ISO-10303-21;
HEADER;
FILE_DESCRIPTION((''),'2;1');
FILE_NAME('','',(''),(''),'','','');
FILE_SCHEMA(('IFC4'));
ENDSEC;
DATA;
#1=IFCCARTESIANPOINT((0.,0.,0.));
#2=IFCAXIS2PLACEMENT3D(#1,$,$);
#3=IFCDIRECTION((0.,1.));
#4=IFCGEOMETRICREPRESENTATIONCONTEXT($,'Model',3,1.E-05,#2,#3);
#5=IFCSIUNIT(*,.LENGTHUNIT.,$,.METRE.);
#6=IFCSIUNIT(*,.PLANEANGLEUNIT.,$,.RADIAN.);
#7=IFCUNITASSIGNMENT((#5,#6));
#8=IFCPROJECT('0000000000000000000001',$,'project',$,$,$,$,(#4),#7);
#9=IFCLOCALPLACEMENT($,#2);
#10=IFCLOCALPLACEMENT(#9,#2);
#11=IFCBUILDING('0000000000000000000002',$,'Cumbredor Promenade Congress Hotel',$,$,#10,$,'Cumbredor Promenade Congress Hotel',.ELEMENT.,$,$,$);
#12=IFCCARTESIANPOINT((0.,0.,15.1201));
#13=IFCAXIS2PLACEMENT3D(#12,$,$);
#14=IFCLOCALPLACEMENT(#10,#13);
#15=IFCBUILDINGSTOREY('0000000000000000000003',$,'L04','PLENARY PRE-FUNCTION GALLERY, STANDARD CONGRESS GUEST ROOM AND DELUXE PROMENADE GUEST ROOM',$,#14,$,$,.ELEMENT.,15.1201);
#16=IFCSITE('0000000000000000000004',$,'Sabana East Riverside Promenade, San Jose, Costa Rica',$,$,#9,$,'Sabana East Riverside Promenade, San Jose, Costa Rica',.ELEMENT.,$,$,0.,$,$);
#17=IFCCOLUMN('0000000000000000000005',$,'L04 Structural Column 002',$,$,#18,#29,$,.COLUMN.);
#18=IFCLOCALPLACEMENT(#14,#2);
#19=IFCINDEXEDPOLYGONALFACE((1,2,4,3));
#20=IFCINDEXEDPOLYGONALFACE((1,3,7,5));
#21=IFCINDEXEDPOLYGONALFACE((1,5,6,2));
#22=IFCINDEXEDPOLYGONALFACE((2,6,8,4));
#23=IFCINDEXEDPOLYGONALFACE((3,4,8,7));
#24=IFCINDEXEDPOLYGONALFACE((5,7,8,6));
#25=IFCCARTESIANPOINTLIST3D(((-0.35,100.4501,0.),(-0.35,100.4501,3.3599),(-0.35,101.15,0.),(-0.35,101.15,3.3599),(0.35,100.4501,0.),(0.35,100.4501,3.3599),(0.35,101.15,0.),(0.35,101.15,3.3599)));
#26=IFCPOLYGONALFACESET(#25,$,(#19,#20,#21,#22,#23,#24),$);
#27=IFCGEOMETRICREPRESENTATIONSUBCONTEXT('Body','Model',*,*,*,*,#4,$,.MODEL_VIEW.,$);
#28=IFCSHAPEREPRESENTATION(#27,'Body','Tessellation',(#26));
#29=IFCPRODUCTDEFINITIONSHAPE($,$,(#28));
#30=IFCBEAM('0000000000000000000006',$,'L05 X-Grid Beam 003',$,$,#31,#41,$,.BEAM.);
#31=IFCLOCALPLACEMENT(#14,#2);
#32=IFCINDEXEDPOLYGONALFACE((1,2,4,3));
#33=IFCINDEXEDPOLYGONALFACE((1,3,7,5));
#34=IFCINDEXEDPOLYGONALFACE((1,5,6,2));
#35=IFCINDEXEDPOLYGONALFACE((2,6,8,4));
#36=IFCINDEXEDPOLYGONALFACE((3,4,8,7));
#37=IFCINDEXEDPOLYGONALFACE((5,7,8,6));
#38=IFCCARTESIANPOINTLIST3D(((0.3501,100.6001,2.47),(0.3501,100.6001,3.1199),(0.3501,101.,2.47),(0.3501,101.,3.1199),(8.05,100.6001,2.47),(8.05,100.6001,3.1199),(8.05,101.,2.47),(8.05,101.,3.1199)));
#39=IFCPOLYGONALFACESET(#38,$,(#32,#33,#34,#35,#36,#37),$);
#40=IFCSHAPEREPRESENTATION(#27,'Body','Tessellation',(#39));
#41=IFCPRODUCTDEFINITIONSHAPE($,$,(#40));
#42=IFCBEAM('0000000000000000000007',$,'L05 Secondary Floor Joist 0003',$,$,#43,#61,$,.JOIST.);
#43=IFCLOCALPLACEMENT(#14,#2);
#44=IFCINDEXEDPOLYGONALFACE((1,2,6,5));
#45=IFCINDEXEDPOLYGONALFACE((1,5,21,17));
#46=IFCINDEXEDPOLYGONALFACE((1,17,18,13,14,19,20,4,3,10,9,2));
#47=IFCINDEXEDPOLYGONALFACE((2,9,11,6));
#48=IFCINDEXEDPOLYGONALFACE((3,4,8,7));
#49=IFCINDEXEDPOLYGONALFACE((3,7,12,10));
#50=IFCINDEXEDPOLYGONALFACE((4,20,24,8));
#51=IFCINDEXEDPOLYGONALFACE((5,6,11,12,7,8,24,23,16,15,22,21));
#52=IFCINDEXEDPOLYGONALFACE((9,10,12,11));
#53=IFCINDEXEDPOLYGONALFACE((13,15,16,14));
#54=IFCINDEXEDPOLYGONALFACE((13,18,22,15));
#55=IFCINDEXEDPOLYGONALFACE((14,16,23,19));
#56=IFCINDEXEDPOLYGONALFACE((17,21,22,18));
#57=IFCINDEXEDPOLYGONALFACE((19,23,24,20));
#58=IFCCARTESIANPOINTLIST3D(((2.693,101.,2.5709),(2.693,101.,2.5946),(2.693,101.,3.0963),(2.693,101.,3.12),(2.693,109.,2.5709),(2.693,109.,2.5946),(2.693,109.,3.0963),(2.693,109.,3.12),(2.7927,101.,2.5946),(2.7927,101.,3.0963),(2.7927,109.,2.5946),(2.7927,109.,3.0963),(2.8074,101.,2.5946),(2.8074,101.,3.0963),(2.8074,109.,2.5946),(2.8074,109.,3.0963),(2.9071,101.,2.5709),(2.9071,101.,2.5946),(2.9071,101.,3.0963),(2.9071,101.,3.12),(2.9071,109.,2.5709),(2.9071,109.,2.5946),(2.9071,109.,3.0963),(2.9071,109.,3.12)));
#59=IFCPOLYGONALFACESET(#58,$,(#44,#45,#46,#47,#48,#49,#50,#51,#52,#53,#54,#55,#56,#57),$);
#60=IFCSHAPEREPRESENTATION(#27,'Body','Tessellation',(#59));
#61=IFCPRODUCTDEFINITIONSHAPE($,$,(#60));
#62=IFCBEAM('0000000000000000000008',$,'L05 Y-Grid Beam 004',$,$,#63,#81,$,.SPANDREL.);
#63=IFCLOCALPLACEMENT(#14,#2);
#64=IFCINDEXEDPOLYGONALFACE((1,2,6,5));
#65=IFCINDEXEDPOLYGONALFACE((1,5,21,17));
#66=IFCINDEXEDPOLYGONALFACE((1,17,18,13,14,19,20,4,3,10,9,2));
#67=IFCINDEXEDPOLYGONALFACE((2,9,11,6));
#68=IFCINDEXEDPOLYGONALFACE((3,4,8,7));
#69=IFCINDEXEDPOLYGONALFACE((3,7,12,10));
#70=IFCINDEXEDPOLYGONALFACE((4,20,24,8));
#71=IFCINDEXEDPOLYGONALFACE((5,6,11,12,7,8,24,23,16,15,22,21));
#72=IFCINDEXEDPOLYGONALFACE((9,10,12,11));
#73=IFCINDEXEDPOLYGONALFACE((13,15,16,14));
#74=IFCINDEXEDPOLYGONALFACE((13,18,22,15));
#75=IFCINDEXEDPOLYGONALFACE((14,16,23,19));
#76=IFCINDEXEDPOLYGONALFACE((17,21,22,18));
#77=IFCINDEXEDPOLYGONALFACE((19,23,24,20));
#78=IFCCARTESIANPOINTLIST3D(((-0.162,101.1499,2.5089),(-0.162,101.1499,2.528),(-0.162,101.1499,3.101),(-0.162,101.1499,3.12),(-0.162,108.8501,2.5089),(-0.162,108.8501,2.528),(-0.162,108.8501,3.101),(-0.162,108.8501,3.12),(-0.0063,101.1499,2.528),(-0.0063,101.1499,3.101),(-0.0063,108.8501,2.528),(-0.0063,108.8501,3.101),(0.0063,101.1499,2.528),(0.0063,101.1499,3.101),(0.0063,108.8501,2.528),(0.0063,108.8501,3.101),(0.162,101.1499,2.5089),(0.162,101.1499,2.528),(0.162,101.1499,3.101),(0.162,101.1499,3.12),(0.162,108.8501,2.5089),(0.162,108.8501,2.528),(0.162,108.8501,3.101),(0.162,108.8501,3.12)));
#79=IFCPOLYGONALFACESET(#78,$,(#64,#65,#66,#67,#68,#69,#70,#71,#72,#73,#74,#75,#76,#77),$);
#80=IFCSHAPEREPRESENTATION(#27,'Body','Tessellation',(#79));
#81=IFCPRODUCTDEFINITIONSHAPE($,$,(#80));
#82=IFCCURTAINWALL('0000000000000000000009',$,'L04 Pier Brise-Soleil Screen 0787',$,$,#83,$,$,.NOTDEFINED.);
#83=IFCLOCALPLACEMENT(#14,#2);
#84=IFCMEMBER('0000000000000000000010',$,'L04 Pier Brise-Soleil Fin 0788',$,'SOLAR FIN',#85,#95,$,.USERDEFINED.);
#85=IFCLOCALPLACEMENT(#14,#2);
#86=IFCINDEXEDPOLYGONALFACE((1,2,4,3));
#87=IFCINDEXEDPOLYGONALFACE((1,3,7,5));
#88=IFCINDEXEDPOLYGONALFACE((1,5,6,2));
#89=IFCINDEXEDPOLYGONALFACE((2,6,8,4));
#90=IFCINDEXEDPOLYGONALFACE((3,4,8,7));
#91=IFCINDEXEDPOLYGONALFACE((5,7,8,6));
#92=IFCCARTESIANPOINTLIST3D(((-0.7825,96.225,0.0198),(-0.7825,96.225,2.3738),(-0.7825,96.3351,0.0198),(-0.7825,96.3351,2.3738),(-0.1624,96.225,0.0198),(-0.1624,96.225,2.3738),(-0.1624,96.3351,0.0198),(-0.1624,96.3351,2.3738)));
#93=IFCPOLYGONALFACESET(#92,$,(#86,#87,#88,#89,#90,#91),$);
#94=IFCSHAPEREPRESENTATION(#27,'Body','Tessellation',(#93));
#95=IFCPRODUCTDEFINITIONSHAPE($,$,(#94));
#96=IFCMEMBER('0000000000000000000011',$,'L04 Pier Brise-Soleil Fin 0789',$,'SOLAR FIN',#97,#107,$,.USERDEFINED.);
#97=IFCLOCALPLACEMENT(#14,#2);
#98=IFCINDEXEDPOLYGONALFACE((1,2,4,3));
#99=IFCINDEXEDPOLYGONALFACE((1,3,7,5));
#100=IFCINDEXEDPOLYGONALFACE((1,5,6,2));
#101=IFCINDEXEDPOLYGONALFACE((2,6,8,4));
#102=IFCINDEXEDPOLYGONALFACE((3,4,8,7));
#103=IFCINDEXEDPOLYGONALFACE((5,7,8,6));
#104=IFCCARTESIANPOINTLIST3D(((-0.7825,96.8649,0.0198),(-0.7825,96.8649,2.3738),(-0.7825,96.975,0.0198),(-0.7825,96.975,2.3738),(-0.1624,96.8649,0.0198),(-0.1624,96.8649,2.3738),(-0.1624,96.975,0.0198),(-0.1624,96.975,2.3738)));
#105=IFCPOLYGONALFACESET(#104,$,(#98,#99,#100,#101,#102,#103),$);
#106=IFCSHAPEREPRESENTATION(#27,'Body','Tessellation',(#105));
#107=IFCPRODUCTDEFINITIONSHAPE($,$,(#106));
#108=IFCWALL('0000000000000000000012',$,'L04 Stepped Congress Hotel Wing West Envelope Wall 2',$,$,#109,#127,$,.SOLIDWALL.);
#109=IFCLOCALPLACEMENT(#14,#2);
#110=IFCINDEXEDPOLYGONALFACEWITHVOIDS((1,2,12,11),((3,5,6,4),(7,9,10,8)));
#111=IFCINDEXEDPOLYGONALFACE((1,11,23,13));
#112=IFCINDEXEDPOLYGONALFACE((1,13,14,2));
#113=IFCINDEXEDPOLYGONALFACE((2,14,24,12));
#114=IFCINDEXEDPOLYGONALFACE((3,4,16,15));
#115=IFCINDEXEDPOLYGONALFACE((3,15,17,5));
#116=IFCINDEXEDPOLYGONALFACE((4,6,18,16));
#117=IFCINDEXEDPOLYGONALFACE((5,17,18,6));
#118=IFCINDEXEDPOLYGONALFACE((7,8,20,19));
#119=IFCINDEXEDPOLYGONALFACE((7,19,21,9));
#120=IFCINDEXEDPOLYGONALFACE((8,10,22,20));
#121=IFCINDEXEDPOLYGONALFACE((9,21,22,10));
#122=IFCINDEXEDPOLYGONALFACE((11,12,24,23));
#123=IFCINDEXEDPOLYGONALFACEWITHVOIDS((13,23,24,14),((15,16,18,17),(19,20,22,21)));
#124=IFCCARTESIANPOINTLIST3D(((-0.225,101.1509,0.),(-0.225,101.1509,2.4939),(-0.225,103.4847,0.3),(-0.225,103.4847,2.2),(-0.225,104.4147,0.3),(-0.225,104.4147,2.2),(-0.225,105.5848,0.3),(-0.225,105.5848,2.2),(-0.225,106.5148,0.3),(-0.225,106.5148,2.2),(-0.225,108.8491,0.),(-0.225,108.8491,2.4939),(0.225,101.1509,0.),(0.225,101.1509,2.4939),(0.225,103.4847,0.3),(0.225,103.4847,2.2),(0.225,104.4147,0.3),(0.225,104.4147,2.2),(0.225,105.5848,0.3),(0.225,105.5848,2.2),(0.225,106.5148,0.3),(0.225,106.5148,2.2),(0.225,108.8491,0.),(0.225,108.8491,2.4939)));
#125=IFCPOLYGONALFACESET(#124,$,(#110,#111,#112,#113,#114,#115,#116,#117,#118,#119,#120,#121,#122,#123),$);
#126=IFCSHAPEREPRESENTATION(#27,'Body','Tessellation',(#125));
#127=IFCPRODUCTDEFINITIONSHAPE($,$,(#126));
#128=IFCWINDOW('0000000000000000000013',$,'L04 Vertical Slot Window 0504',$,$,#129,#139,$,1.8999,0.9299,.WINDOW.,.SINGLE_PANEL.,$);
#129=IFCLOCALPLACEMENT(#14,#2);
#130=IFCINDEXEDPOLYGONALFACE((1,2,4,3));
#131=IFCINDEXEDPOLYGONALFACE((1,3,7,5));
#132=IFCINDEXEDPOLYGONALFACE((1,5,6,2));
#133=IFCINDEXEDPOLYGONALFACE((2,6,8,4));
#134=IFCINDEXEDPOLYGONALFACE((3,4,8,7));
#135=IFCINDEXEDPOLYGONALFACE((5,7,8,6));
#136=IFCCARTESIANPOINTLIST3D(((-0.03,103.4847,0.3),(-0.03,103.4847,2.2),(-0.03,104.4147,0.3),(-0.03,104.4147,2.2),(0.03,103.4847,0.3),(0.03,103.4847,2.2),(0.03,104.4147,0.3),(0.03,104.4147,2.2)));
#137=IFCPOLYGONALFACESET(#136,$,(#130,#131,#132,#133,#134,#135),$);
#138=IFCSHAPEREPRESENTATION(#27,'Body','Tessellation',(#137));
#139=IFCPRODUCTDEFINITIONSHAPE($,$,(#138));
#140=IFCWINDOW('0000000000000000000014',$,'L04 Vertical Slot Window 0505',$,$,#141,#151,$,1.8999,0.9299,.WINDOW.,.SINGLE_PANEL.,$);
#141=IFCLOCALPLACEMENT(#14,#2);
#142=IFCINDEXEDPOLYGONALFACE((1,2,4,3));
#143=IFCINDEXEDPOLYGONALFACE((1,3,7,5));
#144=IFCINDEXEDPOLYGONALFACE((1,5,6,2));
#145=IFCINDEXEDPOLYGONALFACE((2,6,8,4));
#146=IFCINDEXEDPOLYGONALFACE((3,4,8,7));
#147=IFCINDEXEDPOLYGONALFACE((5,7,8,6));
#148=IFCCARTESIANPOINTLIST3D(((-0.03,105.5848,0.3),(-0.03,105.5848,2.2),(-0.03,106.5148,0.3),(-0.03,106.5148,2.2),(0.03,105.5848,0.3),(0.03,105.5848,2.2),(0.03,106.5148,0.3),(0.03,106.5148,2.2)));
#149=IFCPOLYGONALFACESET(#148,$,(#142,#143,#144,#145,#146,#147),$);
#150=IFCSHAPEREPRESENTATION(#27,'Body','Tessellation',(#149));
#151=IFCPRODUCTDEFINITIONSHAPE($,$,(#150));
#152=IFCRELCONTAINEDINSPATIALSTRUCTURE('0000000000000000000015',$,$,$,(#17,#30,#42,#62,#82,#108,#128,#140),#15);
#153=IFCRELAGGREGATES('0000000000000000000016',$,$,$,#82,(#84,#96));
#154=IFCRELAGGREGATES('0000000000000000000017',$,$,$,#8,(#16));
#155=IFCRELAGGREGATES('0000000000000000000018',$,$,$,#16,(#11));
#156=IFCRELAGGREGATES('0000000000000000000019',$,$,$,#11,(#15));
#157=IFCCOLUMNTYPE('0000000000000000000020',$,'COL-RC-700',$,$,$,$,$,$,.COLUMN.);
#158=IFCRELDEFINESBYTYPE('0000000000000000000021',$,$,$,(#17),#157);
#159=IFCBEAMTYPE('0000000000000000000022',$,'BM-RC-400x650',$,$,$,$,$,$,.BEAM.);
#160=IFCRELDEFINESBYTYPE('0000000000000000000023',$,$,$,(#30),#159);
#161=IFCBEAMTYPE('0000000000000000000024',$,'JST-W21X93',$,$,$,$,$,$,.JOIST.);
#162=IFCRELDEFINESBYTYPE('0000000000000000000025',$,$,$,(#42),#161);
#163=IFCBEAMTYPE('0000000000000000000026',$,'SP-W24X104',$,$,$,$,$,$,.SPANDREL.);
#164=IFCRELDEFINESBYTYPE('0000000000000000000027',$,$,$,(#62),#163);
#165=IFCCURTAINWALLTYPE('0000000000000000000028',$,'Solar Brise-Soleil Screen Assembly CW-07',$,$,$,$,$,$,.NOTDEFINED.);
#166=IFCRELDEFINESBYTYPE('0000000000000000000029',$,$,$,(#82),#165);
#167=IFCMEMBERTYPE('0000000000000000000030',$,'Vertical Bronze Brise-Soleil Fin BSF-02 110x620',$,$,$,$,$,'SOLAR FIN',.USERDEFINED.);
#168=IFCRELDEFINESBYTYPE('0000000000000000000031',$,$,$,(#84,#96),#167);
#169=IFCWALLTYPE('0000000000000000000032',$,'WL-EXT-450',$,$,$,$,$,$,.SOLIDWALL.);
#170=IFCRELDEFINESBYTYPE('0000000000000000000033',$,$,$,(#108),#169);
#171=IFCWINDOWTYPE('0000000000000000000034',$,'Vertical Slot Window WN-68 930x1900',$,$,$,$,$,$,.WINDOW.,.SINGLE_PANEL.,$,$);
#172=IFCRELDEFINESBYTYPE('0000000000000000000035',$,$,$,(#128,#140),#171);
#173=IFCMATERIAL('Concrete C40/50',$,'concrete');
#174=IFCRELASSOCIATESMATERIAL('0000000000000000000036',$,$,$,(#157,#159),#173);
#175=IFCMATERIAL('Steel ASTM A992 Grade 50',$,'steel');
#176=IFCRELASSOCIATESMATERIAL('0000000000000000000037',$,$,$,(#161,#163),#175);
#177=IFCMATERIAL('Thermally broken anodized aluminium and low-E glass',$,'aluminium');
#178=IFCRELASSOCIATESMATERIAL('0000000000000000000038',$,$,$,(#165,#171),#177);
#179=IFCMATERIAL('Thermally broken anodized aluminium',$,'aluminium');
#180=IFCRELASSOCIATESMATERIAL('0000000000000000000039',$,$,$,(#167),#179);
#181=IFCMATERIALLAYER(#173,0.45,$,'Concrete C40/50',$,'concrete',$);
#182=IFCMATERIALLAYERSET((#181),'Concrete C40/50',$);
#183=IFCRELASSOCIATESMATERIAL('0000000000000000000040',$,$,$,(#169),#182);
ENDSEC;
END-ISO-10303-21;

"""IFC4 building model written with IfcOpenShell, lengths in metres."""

from ifc_helpers import new_model, si_unit, direction, frame, frame_2d, origin, origin_2d, place, context, subcontext, project, spatial, rectangle, i_section, extrude, material, layer, layer_set, material_profile, profile_set, type_object, element, fill, aggregate, save


model = new_model("IFC4")

# Units and contexts
model_context = context("Model", 3, precision=1e-05, world=origin(), true_north=direction((0.0, 1.0)))
body_context = subcontext(model_context, "Body", "Model", "MODEL_VIEW")
ifc_project = project(units=[si_unit("LENGTHUNIT", "METRE"), si_unit("PLANEANGLEUNIT", "RADIAN")], contexts=[model_context])

# Site, building, storey
site_placement = place(None, origin())
site = spatial("IfcSite", under=ifc_project, at=site_placement, Name="Sabana East Riverside Promenade, San Jose, Costa Rica", LongName="Sabana East Riverside Promenade, San Jose, Costa Rica", CompositionType="ELEMENT", RefElevation=0.0)
building_placement = place(site_placement, origin())
building = spatial("IfcBuilding", under=site, at=building_placement, Name="Cumbredor Promenade Congress Hotel", LongName="Cumbredor Promenade Congress Hotel", CompositionType="ELEMENT")
storey_placement = place(building_placement, frame((0.0, 0.0, 15.1201)))
storey = spatial("IfcBuildingStorey", under=building, at=storey_placement, Name="L04", Description="PLENARY PRE-FUNCTION GALLERY, STANDARD CONGRESS GUEST ROOM AND DELUXE PROMENADE GUEST ROOM", CompositionType="ELEMENT", Elevation=15.1201)

# Column
ifc_material_1 = material(Name="Concrete C40/50", Category="concrete")
ifc_material_profile_1 = material_profile(ifc_material_1, rectangle(XDim=0.7, YDim=0.7, at=origin_2d()), Name="RC 700x700")
ifc_profile_set_1 = profile_set([ifc_material_profile_1], Name="Concrete C40/50")
column_type = type_object("IfcColumnType", Name="COL-RC-700", PredefinedType="COLUMN", material=ifc_profile_set_1)
column_placement = place(storey_placement, frame((0.0, 100.8, 0.0), z_axis=(0.0, 0.0, 1.0), x_axis=(1.0, 0.0, 0.0)))
element("IfcColumn", 1, at=column_placement, inside=storey, type_object=column_type, Name="L04 Structural Column 002", PredefinedType="COLUMN", context=body_context, shape_type="SweptSolid", body=[
    extrude(rectangle(XDim=0.7, YDim=0.7, at=origin_2d()), origin(), (0.0, 0.0, 1.0), 3.3599),
])

# Beams
ifc_material_profile_2 = material_profile(ifc_material_1, rectangle(XDim=0.3999, YDim=0.6499, at=origin_2d()), Name="RC BEAM 400x650")
ifc_profile_set_2 = profile_set([ifc_material_profile_2], Name="Concrete C40/50")
beam_type_1 = type_object("IfcBeamType", Name="BM-RC-400x650", PredefinedType="BEAM", material=ifc_profile_set_2)
beam_1_placement = place(storey_placement, frame((0.3501, 100.8, 2.7949), z_axis=(1.0, 0.0, 0.0), x_axis=(0.0, 1.0, 0.0)))
element("IfcBeam", 2, at=beam_1_placement, inside=storey, type_object=beam_type_1, Name="L05 X-Grid Beam 003", PredefinedType="BEAM", context=body_context, shape_type="SweptSolid", body=[
    extrude(rectangle(XDim=0.3999, YDim=0.6499, at=origin_2d()), origin(), (0.0, 0.0, 1.0), 7.7),
])
ifc_material_2 = material(Name="Steel ASTM A992 Grade 50", Category="steel")
ifc_material_profile_3 = material_profile(ifc_material_2, i_section(OverallWidth=0.2141, OverallDepth=0.5491, WebThickness=0.0146, FlangeThickness=0.0237, at=origin_2d()), Name="W21X93")
ifc_profile_set_3 = profile_set([ifc_material_profile_3], Name="Steel ASTM A992 Grade 50")
beam_type_2 = type_object("IfcBeamType", Name="JST-W21X93", PredefinedType="JOIST", material=ifc_profile_set_3)
beam_2_placement = place(storey_placement, frame((2.8, 101.0, 2.8455), z_axis=(0.0, 1.0, 0.0), x_axis=(-1.0, 0.0, 0.0)))
element("IfcBeam", 3, at=beam_2_placement, inside=storey, type_object=beam_type_2, Name="L05 Secondary Floor Joist 0003", PredefinedType="JOIST", context=body_context, shape_type="SweptSolid", body=[
    extrude(i_section(OverallWidth=0.2141, OverallDepth=0.5491, WebThickness=0.0146, FlangeThickness=0.0237, at=origin_2d()), origin(), (0.0, 0.0, 1.0), 8.0),
])
ifc_material_profile_4 = material_profile(ifc_material_2, i_section(OverallWidth=0.324, OverallDepth=0.6111, WebThickness=0.0127, FlangeThickness=0.019, at=origin_2d()), Name="W24X104")
ifc_profile_set_4 = profile_set([ifc_material_profile_4], Name="Steel ASTM A992 Grade 50")
beam_type_3 = type_object("IfcBeamType", Name="SP-W24X104", PredefinedType="SPANDREL", material=ifc_profile_set_4)
beam_3_placement = place(storey_placement, frame((0.0, 101.1499, 2.8145), z_axis=(0.0, 1.0, 0.0), x_axis=(-1.0, 0.0, 0.0)))
element("IfcBeam", 4, at=beam_3_placement, inside=storey, type_object=beam_type_3, Name="L05 Y-Grid Beam 004", PredefinedType="SPANDREL", context=body_context, shape_type="SweptSolid", body=[
    extrude(i_section(OverallWidth=0.324, OverallDepth=0.6111, WebThickness=0.0127, FlangeThickness=0.019, at=origin_2d()), origin(), (0.0, 0.0, 1.0), 7.7002),
])

# Curtain wall, members
ifc_material_3 = material(Name="Thermally broken anodized aluminium and low-E glass", Category="aluminium")
curtain_wall_type = type_object("IfcCurtainWallType", Name="Solar Brise-Soleil Screen Assembly CW-07", PredefinedType="NOTDEFINED", material=ifc_material_3)
curtain_wall_placement = place(storey_placement, origin())
curtain_wall = element("IfcCurtainWall", 5, at=curtain_wall_placement, inside=storey, type_object=curtain_wall_type, Name="L04 Pier Brise-Soleil Screen 0787", PredefinedType="NOTDEFINED")
ifc_material_4 = material(Name="Thermally broken anodized aluminium", Category="aluminium")
ifc_material_profile_5 = material_profile(ifc_material_4, rectangle(XDim=0.1101, YDim=0.6201, at=origin_2d()), Name="ARCH FIN 110x620")
ifc_profile_set_5 = profile_set([ifc_material_profile_5], Name="Thermally broken anodized aluminium")
member_type = type_object("IfcMemberType", Name="Vertical Bronze Brise-Soleil Fin BSF-02 110x620", ElementType="SOLAR FIN", PredefinedType="USERDEFINED", material=ifc_profile_set_5)
member_1_placement = place(storey_placement, frame((-0.4724, 96.28, 0.0198), z_axis=(0.0, 0.0, 1.0), x_axis=(0.0, 1.0, 0.0)))
member_1 = element("IfcMember", 6, at=member_1_placement, type_object=member_type, Name="L04 Pier Brise-Soleil Fin 0788", ObjectType="SOLAR FIN", PredefinedType="USERDEFINED", context=body_context, shape_type="SweptSolid", body=[
    extrude(rectangle(XDim=0.1101, YDim=0.6201, at=origin_2d()), origin(), (0.0, 0.0, 1.0), 2.354),
])
member_2_placement = place(storey_placement, frame((-0.4724, 96.9199, 0.0198), z_axis=(0.0, 0.0, 1.0), x_axis=(0.0, 1.0, 0.0)))
member_2 = element("IfcMember", 7, at=member_2_placement, type_object=member_type, Name="L04 Pier Brise-Soleil Fin 0789", ObjectType="SOLAR FIN", PredefinedType="USERDEFINED", context=body_context, shape_type="SweptSolid", body=[
    extrude(rectangle(XDim=0.1101, YDim=0.6201, at=origin_2d()), origin(), (0.0, 0.0, 1.0), 2.354),
])
aggregate(curtain_wall, [member_1, member_2])

# Wall, openings, windows
ifc_layer_1 = layer(ifc_material_1, 0.45, Name="Concrete C40/50", Category="concrete")
ifc_layer_set_1 = layer_set([ifc_layer_1], Name="Concrete C40/50")
wall_type_1 = type_object("IfcWallType", Name="WL-EXT-450", PredefinedType="SOLIDWALL", material=ifc_layer_set_1)
wall_1_placement = place(storey_placement, frame((0.0, 101.1509, 0.0), z_axis=(0.0, 0.0, 1.0), x_axis=(0.0, 1.0, 0.0)))
wall_1 = element("IfcWall", 8, at=wall_1_placement, inside=storey, type_object=wall_type_1, Name="L04 Stepped Congress Hotel Wing West Envelope Wall 2", PredefinedType="SOLIDWALL", context=body_context, shape_type="SweptSolid", body=[
    extrude(rectangle(XDim=7.6982, YDim=0.45, at=frame_2d((3.8491, 0.0))), origin(), (0.0, 0.0, 1.0), 2.4939),
])
opening_1_placement = place(wall_1_placement, frame((2.334, 0.0, 0.3)))
opening_1 = element("IfcOpeningElement", 9, at=opening_1_placement, cuts=wall_1, PredefinedType="OPENING", context=body_context, shape_type="SweptSolid", body=[
    extrude(rectangle(XDim=0.9299, YDim=1.8999, at=frame_2d((0.4648, 0.95))), frame((0.0, 0.2349, 0.0), z_axis=(0.0, -1.0, 0.0), x_axis=(1.0, 0.0, 0.0)), (0.0, 0.0, 1.0), 0.47),
])
opening_2_placement = place(wall_1_placement, frame((4.4341, 0.0, 0.3)))
opening_2 = element("IfcOpeningElement", 10, at=opening_2_placement, cuts=wall_1, PredefinedType="OPENING", context=body_context, shape_type="SweptSolid", body=[
    extrude(rectangle(XDim=0.9299, YDim=1.8999, at=frame_2d((0.4648, 0.95))), frame((0.0, 0.2349, 0.0), z_axis=(0.0, -1.0, 0.0), x_axis=(1.0, 0.0, 0.0)), (0.0, 0.0, 1.0), 0.47),
])
window_type = type_object("IfcWindowType", Name="Vertical Slot Window WN-68 930x1900", PartitioningType="SINGLE_PANEL", PredefinedType="WINDOW", material=ifc_material_3)
window_1_placement = place(opening_1_placement, origin())
window_1 = element("IfcWindow", 11, at=window_1_placement, inside=storey, type_object=window_type, Name="L04 Vertical Slot Window 0504", OverallHeight=1.8999, OverallWidth=0.9299, PartitioningType="SINGLE_PANEL", PredefinedType="WINDOW", context=body_context, shape_type="SweptSolid", body=[
    extrude(rectangle(XDim=0.9299, YDim=1.8999, at=frame_2d((0.4648, 0.95))), frame((0.0, 0.03, 0.0), z_axis=(0.0, -1.0, 0.0), x_axis=(1.0, 0.0, 0.0)), (0.0, 0.0, 1.0), 0.0601),
])
fill(opening_1, window_1)
window_2_placement = place(opening_2_placement, origin())
window_2 = element("IfcWindow", 12, at=window_2_placement, inside=storey, type_object=window_type, Name="L04 Vertical Slot Window 0505", OverallHeight=1.8999, OverallWidth=0.9299, PartitioningType="SINGLE_PANEL", PredefinedType="WINDOW", context=body_context, shape_type="SweptSolid", body=[
    extrude(rectangle(XDim=0.9299, YDim=1.8999, at=frame_2d((0.4648, 0.95))), frame((0.0, 0.03, 0.0), z_axis=(0.0, -1.0, 0.0), x_axis=(1.0, 0.0, 0.0)), (0.0, 0.0, 1.0), 0.0601),
])
fill(opening_2, window_2)

save(model, "model.ifc")
